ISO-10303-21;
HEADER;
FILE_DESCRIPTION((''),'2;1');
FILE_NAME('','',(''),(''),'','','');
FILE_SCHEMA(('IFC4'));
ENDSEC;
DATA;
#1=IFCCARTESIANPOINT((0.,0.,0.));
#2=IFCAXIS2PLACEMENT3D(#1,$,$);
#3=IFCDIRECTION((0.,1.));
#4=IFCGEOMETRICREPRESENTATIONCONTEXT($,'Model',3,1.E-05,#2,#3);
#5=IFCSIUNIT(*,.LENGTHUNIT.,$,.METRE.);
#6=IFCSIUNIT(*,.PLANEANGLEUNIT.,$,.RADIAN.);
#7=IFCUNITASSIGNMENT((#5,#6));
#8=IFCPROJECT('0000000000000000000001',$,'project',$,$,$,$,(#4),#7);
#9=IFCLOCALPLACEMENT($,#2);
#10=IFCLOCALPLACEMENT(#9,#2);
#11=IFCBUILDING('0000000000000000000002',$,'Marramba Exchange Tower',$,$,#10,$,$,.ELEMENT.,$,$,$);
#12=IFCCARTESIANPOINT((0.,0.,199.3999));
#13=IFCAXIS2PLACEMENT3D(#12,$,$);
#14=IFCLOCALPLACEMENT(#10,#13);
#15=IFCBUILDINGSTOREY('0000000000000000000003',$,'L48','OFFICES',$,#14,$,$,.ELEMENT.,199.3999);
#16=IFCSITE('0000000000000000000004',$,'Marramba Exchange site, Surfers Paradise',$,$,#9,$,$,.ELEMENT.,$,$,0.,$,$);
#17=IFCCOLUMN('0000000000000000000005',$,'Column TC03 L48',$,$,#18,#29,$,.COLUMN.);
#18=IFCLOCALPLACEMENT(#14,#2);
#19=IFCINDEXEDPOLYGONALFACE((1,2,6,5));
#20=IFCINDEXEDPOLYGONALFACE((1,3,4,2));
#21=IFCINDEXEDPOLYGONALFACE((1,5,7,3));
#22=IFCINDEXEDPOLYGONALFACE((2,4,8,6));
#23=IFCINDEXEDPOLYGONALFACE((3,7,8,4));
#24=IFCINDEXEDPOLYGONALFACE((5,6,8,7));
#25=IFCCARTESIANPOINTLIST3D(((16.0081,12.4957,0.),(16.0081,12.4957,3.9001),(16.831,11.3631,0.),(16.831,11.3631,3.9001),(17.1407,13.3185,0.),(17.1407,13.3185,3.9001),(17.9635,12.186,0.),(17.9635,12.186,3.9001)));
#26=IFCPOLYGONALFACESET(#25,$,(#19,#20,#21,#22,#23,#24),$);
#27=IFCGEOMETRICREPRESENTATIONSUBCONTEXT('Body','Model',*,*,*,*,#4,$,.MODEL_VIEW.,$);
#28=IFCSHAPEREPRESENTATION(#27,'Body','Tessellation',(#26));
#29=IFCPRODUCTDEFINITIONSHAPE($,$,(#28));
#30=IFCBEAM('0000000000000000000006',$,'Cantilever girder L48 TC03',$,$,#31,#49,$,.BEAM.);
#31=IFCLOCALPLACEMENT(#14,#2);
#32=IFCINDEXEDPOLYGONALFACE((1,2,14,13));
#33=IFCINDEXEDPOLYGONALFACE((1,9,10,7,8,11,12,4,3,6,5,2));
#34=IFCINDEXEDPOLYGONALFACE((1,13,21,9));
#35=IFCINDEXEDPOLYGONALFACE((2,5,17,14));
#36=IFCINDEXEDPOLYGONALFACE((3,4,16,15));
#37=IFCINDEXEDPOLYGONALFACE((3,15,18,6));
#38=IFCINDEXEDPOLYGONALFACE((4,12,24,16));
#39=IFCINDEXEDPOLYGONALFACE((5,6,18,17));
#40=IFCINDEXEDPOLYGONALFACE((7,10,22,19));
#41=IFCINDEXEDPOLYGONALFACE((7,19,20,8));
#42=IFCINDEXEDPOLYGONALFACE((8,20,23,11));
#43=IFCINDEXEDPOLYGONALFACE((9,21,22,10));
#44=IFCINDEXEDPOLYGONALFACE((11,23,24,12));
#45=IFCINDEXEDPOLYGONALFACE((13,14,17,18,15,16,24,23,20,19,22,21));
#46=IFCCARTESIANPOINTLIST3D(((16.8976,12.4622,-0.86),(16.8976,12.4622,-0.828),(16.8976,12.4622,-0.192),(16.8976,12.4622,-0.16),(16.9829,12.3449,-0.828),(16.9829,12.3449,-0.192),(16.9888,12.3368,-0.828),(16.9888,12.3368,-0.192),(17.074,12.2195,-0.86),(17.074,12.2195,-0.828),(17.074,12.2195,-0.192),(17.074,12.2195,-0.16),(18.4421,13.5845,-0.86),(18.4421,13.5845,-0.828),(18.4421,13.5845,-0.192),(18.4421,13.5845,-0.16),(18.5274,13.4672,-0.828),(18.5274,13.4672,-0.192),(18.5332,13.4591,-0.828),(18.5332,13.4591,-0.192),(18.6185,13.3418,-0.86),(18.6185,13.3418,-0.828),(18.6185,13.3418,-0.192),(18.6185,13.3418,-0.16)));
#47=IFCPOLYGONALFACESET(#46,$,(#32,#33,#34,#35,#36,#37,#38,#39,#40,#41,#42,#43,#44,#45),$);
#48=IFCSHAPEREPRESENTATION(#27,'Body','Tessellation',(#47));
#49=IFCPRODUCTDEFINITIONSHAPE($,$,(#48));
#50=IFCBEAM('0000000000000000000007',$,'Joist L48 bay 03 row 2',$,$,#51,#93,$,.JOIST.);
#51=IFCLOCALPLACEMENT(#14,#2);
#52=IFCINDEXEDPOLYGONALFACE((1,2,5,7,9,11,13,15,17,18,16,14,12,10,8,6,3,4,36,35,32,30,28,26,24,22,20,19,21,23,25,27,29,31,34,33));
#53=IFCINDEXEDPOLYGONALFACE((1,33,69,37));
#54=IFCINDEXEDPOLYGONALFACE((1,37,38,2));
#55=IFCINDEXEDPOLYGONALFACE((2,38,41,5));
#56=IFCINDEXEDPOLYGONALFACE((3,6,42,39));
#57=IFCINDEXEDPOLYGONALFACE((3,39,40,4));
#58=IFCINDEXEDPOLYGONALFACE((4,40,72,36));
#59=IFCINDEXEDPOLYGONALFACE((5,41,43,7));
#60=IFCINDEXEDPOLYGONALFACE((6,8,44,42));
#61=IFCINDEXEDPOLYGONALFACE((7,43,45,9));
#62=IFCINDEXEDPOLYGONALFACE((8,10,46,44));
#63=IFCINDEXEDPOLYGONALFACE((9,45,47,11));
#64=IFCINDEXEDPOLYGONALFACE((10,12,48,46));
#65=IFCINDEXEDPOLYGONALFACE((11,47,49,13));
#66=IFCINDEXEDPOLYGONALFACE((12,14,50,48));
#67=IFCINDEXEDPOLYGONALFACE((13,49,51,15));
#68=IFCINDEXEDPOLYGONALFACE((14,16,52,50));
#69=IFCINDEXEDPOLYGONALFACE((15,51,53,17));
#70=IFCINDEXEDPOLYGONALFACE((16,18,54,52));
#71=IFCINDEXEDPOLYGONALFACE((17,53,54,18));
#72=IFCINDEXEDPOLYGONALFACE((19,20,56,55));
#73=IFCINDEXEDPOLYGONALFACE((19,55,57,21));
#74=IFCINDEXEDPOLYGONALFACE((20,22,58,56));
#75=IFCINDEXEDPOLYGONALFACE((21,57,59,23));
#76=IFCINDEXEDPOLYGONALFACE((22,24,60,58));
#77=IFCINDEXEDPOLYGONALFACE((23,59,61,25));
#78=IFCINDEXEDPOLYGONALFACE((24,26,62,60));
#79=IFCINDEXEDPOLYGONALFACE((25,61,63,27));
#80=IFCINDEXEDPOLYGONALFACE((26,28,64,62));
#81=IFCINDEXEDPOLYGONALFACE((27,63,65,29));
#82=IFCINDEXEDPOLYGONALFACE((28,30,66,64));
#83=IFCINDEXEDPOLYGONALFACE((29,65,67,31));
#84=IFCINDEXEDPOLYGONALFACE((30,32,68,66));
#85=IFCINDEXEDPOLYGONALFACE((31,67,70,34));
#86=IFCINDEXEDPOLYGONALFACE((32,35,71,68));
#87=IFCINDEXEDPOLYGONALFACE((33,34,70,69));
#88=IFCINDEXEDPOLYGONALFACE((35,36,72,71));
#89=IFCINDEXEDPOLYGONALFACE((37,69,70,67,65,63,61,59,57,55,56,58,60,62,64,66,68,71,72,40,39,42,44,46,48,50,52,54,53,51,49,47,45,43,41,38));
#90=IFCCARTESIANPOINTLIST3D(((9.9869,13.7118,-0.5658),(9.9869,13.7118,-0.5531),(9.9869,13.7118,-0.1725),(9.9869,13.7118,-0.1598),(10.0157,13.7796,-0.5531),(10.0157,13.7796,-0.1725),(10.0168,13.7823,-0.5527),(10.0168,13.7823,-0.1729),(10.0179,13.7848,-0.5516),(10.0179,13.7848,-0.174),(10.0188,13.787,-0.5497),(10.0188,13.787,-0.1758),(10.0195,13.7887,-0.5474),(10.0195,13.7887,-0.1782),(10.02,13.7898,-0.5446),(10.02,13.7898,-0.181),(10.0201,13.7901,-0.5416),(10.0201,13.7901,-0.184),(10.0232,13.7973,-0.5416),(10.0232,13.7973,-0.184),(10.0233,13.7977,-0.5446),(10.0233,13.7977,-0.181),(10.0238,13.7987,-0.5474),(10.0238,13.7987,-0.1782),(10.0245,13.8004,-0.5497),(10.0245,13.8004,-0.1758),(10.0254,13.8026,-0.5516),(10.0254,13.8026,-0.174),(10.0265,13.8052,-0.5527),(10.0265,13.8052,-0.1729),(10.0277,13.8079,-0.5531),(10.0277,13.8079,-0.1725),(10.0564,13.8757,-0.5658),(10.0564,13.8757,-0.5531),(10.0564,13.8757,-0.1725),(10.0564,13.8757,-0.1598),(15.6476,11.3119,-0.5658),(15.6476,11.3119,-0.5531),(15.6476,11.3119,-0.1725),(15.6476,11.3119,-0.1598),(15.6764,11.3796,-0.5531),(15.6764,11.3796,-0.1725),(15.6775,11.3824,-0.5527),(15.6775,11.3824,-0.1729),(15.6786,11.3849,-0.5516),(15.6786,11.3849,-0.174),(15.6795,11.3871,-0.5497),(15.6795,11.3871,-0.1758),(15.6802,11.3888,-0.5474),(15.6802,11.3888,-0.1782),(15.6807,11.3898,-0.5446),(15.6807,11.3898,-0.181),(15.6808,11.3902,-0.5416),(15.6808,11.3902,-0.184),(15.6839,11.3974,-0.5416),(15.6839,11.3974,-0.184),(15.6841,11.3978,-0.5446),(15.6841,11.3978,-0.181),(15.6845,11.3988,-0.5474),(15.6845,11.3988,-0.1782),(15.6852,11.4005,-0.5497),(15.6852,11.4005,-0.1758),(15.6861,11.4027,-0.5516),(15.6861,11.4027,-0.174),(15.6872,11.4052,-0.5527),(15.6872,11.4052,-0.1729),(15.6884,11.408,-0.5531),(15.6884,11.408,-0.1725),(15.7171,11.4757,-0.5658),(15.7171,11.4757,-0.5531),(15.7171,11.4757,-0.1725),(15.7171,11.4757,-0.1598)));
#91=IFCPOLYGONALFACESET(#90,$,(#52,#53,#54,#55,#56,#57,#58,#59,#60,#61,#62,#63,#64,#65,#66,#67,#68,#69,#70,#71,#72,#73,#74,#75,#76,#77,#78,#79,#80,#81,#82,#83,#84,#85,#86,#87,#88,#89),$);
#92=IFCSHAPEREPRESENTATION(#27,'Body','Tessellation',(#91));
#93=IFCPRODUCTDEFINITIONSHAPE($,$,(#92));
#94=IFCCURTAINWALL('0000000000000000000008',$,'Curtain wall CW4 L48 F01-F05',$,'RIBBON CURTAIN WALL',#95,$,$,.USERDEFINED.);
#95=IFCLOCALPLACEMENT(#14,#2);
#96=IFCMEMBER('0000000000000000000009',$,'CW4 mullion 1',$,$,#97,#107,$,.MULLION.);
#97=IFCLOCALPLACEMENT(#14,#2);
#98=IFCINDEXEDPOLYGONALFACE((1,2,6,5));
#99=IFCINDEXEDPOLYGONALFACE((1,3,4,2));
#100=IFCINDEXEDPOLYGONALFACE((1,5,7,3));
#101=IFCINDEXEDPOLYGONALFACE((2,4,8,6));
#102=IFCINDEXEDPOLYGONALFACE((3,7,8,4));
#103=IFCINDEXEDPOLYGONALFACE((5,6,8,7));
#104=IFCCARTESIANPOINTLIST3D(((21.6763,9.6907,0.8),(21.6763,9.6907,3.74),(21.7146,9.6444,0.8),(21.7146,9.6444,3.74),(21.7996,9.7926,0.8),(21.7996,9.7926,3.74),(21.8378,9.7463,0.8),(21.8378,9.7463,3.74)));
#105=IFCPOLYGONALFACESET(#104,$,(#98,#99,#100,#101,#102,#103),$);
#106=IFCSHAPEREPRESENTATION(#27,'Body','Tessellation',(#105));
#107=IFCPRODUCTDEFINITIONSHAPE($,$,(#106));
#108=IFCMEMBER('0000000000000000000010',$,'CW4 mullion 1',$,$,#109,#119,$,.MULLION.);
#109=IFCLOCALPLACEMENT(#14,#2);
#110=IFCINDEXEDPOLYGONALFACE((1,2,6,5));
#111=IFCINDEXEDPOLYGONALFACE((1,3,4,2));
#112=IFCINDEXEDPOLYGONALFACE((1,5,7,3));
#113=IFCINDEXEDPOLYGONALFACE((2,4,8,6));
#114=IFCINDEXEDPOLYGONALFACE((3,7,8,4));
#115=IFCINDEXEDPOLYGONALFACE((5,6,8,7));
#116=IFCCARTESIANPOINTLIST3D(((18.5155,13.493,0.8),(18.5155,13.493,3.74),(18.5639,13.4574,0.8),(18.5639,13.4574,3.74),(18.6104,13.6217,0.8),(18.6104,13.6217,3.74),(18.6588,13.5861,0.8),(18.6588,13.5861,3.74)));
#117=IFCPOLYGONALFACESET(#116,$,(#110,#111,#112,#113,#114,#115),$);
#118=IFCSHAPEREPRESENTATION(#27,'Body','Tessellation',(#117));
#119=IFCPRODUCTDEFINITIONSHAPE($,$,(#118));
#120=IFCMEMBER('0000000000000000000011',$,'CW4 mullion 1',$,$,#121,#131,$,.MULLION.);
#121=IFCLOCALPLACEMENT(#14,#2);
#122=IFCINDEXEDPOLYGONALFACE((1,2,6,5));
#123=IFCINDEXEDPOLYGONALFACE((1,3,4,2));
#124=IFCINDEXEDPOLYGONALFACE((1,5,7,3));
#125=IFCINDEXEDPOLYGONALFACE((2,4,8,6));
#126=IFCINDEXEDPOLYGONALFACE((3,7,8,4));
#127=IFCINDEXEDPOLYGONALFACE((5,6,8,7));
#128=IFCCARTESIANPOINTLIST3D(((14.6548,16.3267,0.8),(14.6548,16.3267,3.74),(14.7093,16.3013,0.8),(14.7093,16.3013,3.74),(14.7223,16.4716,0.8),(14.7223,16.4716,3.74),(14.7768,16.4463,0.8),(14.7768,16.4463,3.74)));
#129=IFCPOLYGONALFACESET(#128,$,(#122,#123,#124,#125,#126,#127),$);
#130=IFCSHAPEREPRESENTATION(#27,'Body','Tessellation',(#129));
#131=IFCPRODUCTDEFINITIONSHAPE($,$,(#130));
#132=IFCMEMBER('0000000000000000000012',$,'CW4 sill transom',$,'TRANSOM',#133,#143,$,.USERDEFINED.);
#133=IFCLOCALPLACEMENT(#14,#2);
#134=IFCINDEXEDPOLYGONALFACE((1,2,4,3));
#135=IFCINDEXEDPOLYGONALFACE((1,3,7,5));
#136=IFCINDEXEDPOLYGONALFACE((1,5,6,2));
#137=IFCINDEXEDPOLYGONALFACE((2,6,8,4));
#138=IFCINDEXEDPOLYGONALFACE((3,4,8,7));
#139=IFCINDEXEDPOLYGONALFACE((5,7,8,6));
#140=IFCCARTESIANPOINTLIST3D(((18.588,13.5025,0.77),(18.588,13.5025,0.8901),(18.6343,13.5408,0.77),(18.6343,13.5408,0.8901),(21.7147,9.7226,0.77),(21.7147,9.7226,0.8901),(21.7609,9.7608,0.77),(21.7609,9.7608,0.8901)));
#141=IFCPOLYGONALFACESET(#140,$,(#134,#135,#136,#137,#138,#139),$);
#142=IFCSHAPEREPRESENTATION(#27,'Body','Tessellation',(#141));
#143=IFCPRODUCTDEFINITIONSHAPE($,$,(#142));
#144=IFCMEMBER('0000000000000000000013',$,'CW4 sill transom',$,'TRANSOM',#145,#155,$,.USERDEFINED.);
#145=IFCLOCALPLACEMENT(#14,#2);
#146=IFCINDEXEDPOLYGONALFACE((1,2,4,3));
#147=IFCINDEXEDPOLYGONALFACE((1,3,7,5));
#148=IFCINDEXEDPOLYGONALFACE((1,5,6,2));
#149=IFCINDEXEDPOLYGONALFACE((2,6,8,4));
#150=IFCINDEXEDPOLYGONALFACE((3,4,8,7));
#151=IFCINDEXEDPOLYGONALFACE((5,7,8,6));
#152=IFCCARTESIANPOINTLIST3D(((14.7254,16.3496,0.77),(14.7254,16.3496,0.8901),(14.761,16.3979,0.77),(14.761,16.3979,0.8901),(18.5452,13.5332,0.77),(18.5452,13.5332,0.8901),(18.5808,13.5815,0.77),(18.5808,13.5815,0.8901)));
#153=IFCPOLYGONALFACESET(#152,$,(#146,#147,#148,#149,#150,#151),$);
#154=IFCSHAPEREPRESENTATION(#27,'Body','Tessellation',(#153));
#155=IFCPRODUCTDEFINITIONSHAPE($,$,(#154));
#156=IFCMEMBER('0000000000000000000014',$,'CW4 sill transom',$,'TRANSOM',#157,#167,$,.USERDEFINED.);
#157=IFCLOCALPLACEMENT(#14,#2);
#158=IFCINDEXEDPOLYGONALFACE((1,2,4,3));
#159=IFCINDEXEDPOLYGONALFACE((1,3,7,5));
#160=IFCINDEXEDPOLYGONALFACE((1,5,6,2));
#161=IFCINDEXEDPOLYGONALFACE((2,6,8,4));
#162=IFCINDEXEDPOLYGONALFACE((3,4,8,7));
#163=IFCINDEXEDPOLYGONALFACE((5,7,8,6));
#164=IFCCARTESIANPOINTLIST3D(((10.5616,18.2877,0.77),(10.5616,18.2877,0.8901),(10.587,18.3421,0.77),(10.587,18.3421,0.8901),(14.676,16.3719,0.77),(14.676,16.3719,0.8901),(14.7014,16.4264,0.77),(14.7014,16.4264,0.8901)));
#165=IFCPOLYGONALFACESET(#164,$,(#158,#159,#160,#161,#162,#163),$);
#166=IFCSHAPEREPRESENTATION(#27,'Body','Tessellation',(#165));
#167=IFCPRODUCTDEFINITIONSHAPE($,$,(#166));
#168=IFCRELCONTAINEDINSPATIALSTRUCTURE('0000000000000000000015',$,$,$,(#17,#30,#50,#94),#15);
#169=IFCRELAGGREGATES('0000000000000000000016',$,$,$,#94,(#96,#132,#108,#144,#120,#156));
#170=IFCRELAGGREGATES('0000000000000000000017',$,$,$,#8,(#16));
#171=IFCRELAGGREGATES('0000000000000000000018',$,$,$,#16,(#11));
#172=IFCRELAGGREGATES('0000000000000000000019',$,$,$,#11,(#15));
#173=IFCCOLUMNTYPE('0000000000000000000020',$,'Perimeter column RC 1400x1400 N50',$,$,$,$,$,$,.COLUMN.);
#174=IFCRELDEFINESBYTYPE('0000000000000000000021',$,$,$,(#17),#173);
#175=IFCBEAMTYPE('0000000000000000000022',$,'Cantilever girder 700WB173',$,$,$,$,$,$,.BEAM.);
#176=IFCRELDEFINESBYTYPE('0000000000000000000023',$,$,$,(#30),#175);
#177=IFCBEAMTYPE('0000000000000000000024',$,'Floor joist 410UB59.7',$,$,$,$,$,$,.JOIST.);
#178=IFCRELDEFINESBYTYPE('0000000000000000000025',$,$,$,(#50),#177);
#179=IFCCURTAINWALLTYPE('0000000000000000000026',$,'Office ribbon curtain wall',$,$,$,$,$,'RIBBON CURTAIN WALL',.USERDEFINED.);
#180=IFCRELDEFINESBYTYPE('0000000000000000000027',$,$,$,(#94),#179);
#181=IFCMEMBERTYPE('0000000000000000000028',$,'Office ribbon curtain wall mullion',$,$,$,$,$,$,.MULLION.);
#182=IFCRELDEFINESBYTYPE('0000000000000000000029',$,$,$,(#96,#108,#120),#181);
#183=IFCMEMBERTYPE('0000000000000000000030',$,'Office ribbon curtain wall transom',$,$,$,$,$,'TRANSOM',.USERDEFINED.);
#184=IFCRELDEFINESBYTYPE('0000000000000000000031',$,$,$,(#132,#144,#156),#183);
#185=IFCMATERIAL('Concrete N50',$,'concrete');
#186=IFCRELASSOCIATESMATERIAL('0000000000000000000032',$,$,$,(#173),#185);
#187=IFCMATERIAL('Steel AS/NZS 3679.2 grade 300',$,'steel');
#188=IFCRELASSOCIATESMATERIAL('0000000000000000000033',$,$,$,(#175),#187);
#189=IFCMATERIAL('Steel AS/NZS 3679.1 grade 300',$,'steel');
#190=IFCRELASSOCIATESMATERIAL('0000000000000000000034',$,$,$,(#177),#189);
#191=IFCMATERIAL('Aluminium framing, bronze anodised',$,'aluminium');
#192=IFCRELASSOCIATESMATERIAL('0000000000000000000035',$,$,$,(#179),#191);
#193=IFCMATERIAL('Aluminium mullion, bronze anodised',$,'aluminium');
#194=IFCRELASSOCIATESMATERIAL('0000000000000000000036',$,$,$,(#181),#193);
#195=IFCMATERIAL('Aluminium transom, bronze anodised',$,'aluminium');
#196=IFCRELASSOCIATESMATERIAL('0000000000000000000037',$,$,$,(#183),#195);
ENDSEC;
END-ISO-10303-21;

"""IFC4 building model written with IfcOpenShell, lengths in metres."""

from ifc_helpers import new_model, si_unit, direction, frame, origin, origin_2d, place, context, subcontext, project, spatial, rectangle, i_section, extrude, material, material_profile, profile_set, type_object, element, aggregate, save


model = new_model("IFC4")

# Units and contexts
model_context = context("Model", 3, precision=1e-05, world=origin(), true_north=direction((0.0, 1.0)))
body_context = subcontext(model_context, "Body", "Model", "MODEL_VIEW")
ifc_project = project(units=[si_unit("LENGTHUNIT", "METRE"), si_unit("PLANEANGLEUNIT", "RADIAN")], contexts=[model_context])

# Site, building, storey
site_placement = place(None, origin())
site = spatial("IfcSite", under=ifc_project, at=site_placement, Name="Marramba Exchange site, Surfers Paradise", CompositionType="ELEMENT", RefElevation=0.0)
building_placement = place(site_placement, origin())
building = spatial("IfcBuilding", under=site, at=building_placement, Name="Marramba Exchange Tower", CompositionType="ELEMENT")
storey_placement = place(building_placement, frame((0.0, 0.0, 199.3999)))
storey = spatial("IfcBuildingStorey", under=building, at=storey_placement, Name="L48", Description="OFFICES", CompositionType="ELEMENT", Elevation=199.3999)

# Column
ifc_material_1 = material(Name="Concrete N50", Category="concrete")
ifc_material_profile_1 = material_profile(ifc_material_1, rectangle(XDim=1.3999, YDim=1.3999, at=origin_2d()), Name="RC 1400x1400")
ifc_profile_set_1 = profile_set([ifc_material_profile_1], Name="Concrete N50")
column_type = type_object("IfcColumnType", Name="Perimeter column RC 1400x1400 N50", PredefinedType="COLUMN", material=ifc_profile_set_1)
column_placement = place(storey_placement, frame((16.9858, 12.3408, 0.0), z_axis=(0.0, 0.0, 1.0), x_axis=(0.809017, 0.587785, 0.0)))
element("IfcColumn", 1, at=column_placement, inside=storey, type_object=column_type, Name="Column TC03 L48", PredefinedType="COLUMN", context=body_context, shape_type="SweptSolid", body=[
    extrude(rectangle(XDim=1.3999, YDim=1.3999, at=origin_2d()), origin(), (0.0, 0.0, 1.0), 3.9001),
])

# Beams
ifc_material_2 = material(Name="Steel AS/NZS 3679.2 grade 300", Category="steel")
ifc_material_profile_2 = material_profile(ifc_material_2, i_section(OverallWidth=0.3, OverallDepth=0.7, WebThickness=0.01, FlangeThickness=0.032, at=origin_2d()), Name="700WB173")
ifc_profile_set_2 = profile_set([ifc_material_profile_2], Name="Steel AS/NZS 3679.2 grade 300")
beam_type_1 = type_object("IfcBeamType", Name="Cantilever girder 700WB173", PredefinedType="BEAM", material=ifc_profile_set_2)
beam_1_placement = place(storey_placement, frame((16.9858, 12.3408, -0.51), z_axis=(0.808963, 0.58786, 0.0), x_axis=(-0.58786, 0.808963, 0.0)))
element("IfcBeam", 2, at=beam_1_placement, inside=storey, type_object=beam_type_1, Name="Cantilever girder L48 TC03", PredefinedType="BEAM", context=body_context, shape_type="SweptSolid", body=[
    extrude(i_section(OverallWidth=0.3, OverallDepth=0.7, WebThickness=0.01, FlangeThickness=0.032, at=origin_2d()), origin(), (0.0, 0.0, 1.0), 1.9092),
])
ifc_material_3 = material(Name="Steel AS/NZS 3679.1 grade 300", Category="steel")
ifc_material_profile_3 = material_profile(ifc_material_3, i_section(OverallWidth=0.178, OverallDepth=0.406, WebThickness=0.0078, FlangeThickness=0.0127, FilletRadius=0.0115, at=origin_2d()), Name="410UB59.7")
ifc_profile_set_3 = profile_set([ifc_material_profile_3], Name="Steel AS/NZS 3679.1 grade 300")
beam_type_2 = type_object("IfcBeamType", Name="Floor joist 410UB59.7", PredefinedType="JOIST", material=ifc_profile_set_3)
beam_2_placement = place(storey_placement, frame((15.6824, 11.3938, -0.3628), z_axis=(-0.920674, 0.390332, 0.0), x_axis=(-0.390332, -0.920674, 0.0)))
element("IfcBeam", 3, at=beam_2_placement, inside=storey, type_object=beam_type_2, Name="Joist L48 bay 03 row 2", PredefinedType="JOIST", context=body_context, shape_type="SweptSolid", body=[
    extrude(i_section(OverallWidth=0.178, OverallDepth=0.406, WebThickness=0.0078, FlangeThickness=0.0127, FilletRadius=0.0115, at=origin_2d()), origin(), (0.0, 0.0, 1.0), 6.1484),
])

# Curtain wall, members
ifc_material_4 = material(Name="Aluminium framing, bronze anodised", Category="aluminium")
curtain_wall_type = type_object("IfcCurtainWallType", Name="Office ribbon curtain wall", ElementType="RIBBON CURTAIN WALL", PredefinedType="USERDEFINED", material=ifc_material_4)
curtain_wall_placement = place(storey_placement, origin())
curtain_wall = element("IfcCurtainWall", 4, at=curtain_wall_placement, inside=storey, type_object=curtain_wall_type, Name="Curtain wall CW4 L48 F01-F05", ObjectType="RIBBON CURTAIN WALL", PredefinedType="USERDEFINED")
ifc_material_5 = material(Name="Aluminium mullion, bronze anodised", Category="aluminium")
ifc_material_profile_4 = material_profile(ifc_material_5, rectangle(XDim=0.1599, YDim=0.0601, at=origin_2d()), Name="CW4 mullion 60x160")
ifc_profile_set_4 = profile_set([ifc_material_profile_4], Name="Aluminium mullion, bronze anodised")
member_type_1 = type_object("IfcMemberType", Name="Office ribbon curtain wall mullion", PredefinedType="MULLION", material=ifc_profile_set_4)
member_1_placement = place(storey_placement, frame((21.7571, 9.7185, 0.8), z_axis=(0.0, 0.0, 1.0), x_axis=(-0.770574, -0.63735, 0.0)))
member_1 = element("IfcMember", 5, at=member_1_placement, type_object=member_type_1, Name="CW4 mullion 1", PredefinedType="MULLION", context=body_context, shape_type="SweptSolid", body=[
    extrude(rectangle(XDim=0.1599, YDim=0.0601, at=origin_2d()), origin(), (0.0, 0.0, 1.0), 2.9399),
])
member_2_placement = place(storey_placement, frame((18.5872, 13.5396, 0.8), z_axis=(0.0, 0.0, 1.0), x_axis=(-0.593441, -0.804877, 0.0)))
member_2 = element("IfcMember", 6, at=member_2_placement, type_object=member_type_1, Name="CW4 mullion 1", PredefinedType="MULLION", context=body_context, shape_type="SweptSolid", body=[
    extrude(rectangle(XDim=0.1599, YDim=0.0601, at=origin_2d()), origin(), (0.0, 0.0, 1.0), 2.9399),
])
member_3_placement = place(storey_placement, frame((14.7158, 16.3865, 0.8), z_axis=(0.0, 0.0, 1.0), x_axis=(-0.422133, -0.906534, 0.0)))
member_3 = element("IfcMember", 7, at=member_3_placement, type_object=member_type_1, Name="CW4 mullion 1", PredefinedType="MULLION", context=body_context, shape_type="SweptSolid", body=[
    extrude(rectangle(XDim=0.1599, YDim=0.0601, at=origin_2d()), origin(), (0.0, 0.0, 1.0), 2.9399),
])
ifc_material_6 = material(Name="Aluminium transom, bronze anodised", Category="aluminium")
ifc_material_profile_5 = material_profile(ifc_material_6, rectangle(XDim=0.0601, YDim=0.1201, at=origin_2d()), Name="CW4 transom 60x120")
ifc_profile_set_5 = profile_set([ifc_material_profile_5], Name="Aluminium transom, bronze anodised")
member_type_2 = type_object("IfcMemberType", Name="Office ribbon curtain wall transom", ElementType="TRANSOM", PredefinedType="USERDEFINED", material=ifc_profile_set_5)
member_4_placement = place(storey_placement, frame((21.7378, 9.7417, 0.8301), z_axis=(-0.637375, 0.770554, 0.0), x_axis=(-0.770554, -0.637375, 0.0)))
member_4 = element("IfcMember", 8, at=member_4_placement, type_object=member_type_2, Name="CW4 sill transom", ObjectType="TRANSOM", PredefinedType="USERDEFINED", context=body_context, shape_type="SweptSolid", body=[
    extrude(rectangle(XDim=0.0601, YDim=0.1201, at=origin_2d()), origin(), (0.0, 0.0, 1.0), 4.9055),
])
member_5_placement = place(storey_placement, frame((18.563, 13.5574, 0.8301), z_axis=(-0.804875, 0.593445, 0.0), x_axis=(-0.593445, -0.804875, 0.0)))
member_5 = element("IfcMember", 9, at=member_5_placement, type_object=member_type_2, Name="CW4 sill transom", ObjectType="TRANSOM", PredefinedType="USERDEFINED", context=body_context, shape_type="SweptSolid", body=[
    extrude(rectangle(XDim=0.0601, YDim=0.1201, at=origin_2d()), origin(), (0.0, 0.0, 1.0), 4.7458),
])
member_6_placement = place(storey_placement, frame((14.6887, 16.3992, 0.8301), z_axis=(-0.906548, 0.422102, 0.0), x_axis=(-0.422102, -0.906548, 0.0)))
member_6 = element("IfcMember", 10, at=member_6_placement, type_object=member_type_2, Name="CW4 sill transom", ObjectType="TRANSOM", PredefinedType="USERDEFINED", context=body_context, shape_type="SweptSolid", body=[
    extrude(rectangle(XDim=0.0601, YDim=0.1201, at=origin_2d()), origin(), (0.0, 0.0, 1.0), 4.5386),
])

aggregate(curtain_wall, [member_1, member_4, member_2, member_5, member_3, member_6])

save(model, "model.ifc")
